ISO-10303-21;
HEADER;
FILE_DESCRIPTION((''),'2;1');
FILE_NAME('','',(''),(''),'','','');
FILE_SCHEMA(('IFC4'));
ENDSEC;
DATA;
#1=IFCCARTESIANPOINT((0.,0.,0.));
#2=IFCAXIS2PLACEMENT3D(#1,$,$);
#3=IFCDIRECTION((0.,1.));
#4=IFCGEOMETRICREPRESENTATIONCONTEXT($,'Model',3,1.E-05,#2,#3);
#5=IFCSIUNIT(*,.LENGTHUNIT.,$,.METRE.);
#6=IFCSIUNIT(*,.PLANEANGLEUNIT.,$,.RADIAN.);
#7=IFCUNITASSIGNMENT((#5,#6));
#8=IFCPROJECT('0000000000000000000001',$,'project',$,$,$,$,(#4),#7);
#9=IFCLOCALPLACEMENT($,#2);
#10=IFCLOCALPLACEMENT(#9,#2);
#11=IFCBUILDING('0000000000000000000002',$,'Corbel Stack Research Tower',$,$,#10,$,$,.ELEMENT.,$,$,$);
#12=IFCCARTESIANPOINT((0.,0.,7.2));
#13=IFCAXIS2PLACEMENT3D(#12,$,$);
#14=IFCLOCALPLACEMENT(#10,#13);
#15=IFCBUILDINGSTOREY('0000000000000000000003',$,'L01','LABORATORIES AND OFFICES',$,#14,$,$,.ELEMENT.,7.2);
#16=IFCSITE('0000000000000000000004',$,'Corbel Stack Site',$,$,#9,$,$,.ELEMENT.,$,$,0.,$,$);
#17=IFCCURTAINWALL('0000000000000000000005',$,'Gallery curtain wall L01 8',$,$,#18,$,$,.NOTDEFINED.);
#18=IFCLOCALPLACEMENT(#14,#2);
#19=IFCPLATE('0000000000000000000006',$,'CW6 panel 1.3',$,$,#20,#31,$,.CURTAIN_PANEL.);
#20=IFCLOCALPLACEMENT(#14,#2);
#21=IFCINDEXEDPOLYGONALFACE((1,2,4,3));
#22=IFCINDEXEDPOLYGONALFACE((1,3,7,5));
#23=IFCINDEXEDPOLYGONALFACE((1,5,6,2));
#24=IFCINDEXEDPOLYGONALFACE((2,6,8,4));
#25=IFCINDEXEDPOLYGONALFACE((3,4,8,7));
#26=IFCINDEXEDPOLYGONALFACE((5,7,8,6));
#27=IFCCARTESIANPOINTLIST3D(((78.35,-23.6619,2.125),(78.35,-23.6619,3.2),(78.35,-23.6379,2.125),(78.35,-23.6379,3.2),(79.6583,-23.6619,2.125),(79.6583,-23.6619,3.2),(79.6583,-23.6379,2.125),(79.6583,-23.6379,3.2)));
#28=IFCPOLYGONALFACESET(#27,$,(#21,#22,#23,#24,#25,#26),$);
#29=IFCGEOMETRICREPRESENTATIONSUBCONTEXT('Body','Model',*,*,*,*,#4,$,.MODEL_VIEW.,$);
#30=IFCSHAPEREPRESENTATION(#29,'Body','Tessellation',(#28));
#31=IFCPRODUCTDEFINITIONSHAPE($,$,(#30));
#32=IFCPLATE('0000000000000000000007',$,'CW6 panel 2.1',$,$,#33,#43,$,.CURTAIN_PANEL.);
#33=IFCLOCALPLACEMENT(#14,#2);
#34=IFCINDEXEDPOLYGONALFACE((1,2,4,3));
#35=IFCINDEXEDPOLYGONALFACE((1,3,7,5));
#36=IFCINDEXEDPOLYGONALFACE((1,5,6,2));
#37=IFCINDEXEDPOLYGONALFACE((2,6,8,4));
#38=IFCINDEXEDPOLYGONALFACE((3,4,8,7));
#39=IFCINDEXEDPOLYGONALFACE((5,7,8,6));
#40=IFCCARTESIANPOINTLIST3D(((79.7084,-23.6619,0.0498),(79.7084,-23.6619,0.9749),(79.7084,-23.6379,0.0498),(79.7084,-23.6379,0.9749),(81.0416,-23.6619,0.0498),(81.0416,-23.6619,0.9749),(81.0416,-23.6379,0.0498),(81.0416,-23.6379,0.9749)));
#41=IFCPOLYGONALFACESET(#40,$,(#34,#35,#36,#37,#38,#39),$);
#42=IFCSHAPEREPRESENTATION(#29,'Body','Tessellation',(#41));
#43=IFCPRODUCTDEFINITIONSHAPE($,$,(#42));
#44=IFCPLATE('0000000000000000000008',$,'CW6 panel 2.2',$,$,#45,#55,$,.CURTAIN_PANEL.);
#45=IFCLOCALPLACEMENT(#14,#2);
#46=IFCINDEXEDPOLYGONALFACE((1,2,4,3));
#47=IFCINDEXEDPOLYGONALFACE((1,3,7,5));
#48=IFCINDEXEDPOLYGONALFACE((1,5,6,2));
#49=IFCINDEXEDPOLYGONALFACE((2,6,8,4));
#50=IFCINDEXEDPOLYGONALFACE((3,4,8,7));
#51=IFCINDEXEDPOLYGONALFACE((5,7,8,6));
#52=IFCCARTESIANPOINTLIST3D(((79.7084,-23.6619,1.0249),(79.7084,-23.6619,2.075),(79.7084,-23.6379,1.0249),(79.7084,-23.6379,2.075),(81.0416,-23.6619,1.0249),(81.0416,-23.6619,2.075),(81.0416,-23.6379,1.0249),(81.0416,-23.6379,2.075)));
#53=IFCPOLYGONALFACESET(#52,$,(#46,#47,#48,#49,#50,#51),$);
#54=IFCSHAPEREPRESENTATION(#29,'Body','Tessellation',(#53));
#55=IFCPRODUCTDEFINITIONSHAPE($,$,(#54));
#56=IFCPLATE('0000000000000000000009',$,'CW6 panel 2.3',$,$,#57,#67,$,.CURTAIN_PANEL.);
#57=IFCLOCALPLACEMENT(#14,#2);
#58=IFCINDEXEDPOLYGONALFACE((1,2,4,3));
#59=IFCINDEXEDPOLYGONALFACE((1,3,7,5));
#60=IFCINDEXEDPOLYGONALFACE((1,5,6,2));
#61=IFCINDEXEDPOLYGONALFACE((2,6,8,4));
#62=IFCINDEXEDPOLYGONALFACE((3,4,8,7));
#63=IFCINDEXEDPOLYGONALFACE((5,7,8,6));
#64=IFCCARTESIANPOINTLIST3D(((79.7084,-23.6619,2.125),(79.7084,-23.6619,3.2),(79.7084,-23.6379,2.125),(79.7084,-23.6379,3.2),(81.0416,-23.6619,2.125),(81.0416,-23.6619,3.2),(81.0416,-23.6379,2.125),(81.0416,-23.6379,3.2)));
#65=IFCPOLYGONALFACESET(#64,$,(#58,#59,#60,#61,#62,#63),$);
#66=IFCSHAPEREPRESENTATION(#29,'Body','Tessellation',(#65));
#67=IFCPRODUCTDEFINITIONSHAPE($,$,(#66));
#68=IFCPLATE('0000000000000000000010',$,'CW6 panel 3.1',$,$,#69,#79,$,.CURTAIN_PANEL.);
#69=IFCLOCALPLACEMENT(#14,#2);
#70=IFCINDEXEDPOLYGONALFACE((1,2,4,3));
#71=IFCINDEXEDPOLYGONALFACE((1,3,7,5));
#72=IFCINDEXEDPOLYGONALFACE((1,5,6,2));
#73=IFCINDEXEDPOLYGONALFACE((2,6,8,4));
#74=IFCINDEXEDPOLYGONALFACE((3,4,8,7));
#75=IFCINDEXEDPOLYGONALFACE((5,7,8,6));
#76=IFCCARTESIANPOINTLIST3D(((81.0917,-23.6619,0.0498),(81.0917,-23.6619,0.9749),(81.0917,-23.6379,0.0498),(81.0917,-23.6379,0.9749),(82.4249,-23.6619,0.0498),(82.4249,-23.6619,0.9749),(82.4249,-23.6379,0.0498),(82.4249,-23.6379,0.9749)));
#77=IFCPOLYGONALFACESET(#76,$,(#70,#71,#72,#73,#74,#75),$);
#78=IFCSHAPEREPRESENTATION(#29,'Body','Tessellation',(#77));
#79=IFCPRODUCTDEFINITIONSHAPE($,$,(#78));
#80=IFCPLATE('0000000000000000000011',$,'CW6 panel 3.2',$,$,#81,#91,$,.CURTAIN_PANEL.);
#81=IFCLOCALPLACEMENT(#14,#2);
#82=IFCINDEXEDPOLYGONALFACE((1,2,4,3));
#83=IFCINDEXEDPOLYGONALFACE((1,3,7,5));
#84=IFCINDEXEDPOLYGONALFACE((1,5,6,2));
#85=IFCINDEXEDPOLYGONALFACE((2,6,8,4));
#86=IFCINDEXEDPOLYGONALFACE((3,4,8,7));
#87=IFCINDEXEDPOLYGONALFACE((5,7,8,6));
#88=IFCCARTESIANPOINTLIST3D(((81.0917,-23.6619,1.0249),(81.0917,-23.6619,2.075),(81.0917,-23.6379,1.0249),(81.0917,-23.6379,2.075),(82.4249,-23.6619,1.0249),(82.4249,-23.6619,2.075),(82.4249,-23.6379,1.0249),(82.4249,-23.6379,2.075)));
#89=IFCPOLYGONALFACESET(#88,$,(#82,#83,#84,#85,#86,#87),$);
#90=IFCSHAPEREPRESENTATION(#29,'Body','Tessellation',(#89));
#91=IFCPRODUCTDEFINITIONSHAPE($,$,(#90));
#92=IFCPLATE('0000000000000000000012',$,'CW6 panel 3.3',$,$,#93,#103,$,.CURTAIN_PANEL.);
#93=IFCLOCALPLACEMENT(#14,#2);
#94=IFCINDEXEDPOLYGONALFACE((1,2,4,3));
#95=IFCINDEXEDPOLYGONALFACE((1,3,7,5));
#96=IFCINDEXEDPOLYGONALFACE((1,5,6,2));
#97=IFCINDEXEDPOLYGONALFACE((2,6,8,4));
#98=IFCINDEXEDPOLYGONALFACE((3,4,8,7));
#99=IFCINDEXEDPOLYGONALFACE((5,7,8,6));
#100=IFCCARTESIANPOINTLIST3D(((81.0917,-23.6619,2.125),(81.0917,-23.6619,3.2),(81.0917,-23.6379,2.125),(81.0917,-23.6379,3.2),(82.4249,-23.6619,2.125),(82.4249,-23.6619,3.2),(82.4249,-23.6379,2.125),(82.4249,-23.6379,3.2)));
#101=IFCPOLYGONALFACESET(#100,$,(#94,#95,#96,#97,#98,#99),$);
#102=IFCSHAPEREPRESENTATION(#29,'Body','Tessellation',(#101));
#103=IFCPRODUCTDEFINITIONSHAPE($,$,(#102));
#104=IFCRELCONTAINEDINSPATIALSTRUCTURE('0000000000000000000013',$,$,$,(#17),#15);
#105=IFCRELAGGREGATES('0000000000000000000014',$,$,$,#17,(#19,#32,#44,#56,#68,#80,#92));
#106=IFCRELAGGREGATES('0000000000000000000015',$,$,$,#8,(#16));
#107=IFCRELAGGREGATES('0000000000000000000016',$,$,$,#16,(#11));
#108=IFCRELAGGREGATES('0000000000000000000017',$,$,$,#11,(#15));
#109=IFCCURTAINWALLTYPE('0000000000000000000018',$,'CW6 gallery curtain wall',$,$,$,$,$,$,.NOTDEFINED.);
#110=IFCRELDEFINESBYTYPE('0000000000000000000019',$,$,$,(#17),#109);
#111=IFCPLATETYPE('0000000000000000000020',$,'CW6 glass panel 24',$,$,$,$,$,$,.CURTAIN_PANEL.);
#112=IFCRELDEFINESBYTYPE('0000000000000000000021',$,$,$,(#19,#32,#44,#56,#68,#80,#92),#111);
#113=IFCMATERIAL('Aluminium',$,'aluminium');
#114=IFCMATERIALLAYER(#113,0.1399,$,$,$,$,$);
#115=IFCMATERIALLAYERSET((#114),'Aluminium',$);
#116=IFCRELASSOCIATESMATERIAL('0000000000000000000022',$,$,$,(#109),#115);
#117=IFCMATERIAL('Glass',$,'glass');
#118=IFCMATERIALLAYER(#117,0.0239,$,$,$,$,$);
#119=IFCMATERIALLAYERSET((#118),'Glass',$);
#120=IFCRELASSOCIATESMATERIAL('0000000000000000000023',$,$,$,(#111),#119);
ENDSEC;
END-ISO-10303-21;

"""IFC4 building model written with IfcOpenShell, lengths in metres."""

from ifc_helpers import new_model, si_unit, direction, frame, origin, origin_2d, place, context, subcontext, project, spatial, rectangle, extrude, material, layer, layer_set, type_object, element, aggregate, save


model = new_model("IFC4")

# Units and contexts
model_context = context("Model", 3, precision=1e-05, world=origin(), true_north=direction((0.0, 1.0)))
body_context = subcontext(model_context, "Body", "Model", "MODEL_VIEW")
ifc_project = project(units=[si_unit("LENGTHUNIT", "METRE"), si_unit("PLANEANGLEUNIT", "RADIAN")], contexts=[model_context])

# Site, building, storey
site_placement = place(None, origin())
site = spatial("IfcSite", under=ifc_project, at=site_placement, Name="Corbel Stack Site", CompositionType="ELEMENT", RefElevation=0.0)
building_placement = place(site_placement, origin())
building = spatial("IfcBuilding", under=site, at=building_placement, Name="Corbel Stack Research Tower", CompositionType="ELEMENT")
storey_placement = place(building_placement, frame((0.0, 0.0, 7.2)))
storey = spatial("IfcBuildingStorey", under=building, at=storey_placement, Name="L01", Description="LABORATORIES AND OFFICES", CompositionType="ELEMENT", Elevation=7.2)

# Shared definitions
ifc_material_1 = material(Name="Aluminium", Category="aluminium")
ifc_layer_1 = layer(ifc_material_1, 0.1399)
ifc_layer_set_1 = layer_set([ifc_layer_1], Name="Aluminium")
curtain_wall_type = type_object("IfcCurtainWallType", Name="CW6 gallery curtain wall", PredefinedType="NOTDEFINED", material=ifc_layer_set_1)

# Curtain wall
curtain_wall_1_placement = place(storey_placement, origin())
curtain_wall_1 = element("IfcCurtainWall", 1, at=curtain_wall_1_placement, inside=storey, type_object=curtain_wall_type, Name="Gallery curtain wall L01 8", PredefinedType="NOTDEFINED")

# Plates
ifc_material_2 = material(Name="Glass", Category="glass")
ifc_layer_2 = layer(ifc_material_2, 0.0239)
ifc_layer_set_2 = layer_set([ifc_layer_2], Name="Glass")
plate_type = type_object("IfcPlateType", Name="CW6 glass panel 24", PredefinedType="CURTAIN_PANEL", material=ifc_layer_set_2)
plate_1_placement = place(storey_placement, frame((79.0042, -23.6499, 2.125), z_axis=(0.0, 0.0, 1.0), x_axis=(1.0, 0.0, 0.0)))
plate_1 = element("IfcPlate", 2, at=plate_1_placement, type_object=plate_type, Name="CW6 panel 1.3", PredefinedType="CURTAIN_PANEL", context=body_context, shape_type="SweptSolid", body=[
    extrude(rectangle(XDim=1.3083, YDim=0.0239, at=origin_2d()), origin(), (0.0, 0.0, 1.0), 1.075),
])
plate_2_placement = place(storey_placement, frame((80.375, -23.6499, 0.0498), z_axis=(0.0, 0.0, 1.0), x_axis=(1.0, 0.0, 0.0)))
plate_2 = element("IfcPlate", 3, at=plate_2_placement, type_object=plate_type, Name="CW6 panel 2.1", PredefinedType="CURTAIN_PANEL", context=body_context, shape_type="SweptSolid", body=[
    extrude(rectangle(XDim=1.3333, YDim=0.0239, at=origin_2d()), origin(), (0.0, 0.0, 1.0), 0.925),
])
plate_3_placement = place(storey_placement, frame((80.375, -23.6499, 1.0249), z_axis=(0.0, 0.0, 1.0), x_axis=(1.0, 0.0, 0.0)))
plate_3 = element("IfcPlate", 4, at=plate_3_placement, type_object=plate_type, Name="CW6 panel 2.2", PredefinedType="CURTAIN_PANEL", context=body_context, shape_type="SweptSolid", body=[
    extrude(rectangle(XDim=1.3333, YDim=0.0239, at=origin_2d()), origin(), (0.0, 0.0, 1.0), 1.05),
])
plate_4_placement = place(storey_placement, frame((80.375, -23.6499, 2.125), z_axis=(0.0, 0.0, 1.0), x_axis=(1.0, 0.0, 0.0)))
plate_4 = element("IfcPlate", 5, at=plate_4_placement, type_object=plate_type, Name="CW6 panel 2.3", PredefinedType="CURTAIN_PANEL", context=body_context, shape_type="SweptSolid", body=[
    extrude(rectangle(XDim=1.3333, YDim=0.0239, at=origin_2d()), origin(), (0.0, 0.0, 1.0), 1.075),
])
plate_5_placement = place(storey_placement, frame((81.7583, -23.6499, 0.0498), z_axis=(0.0, 0.0, 1.0), x_axis=(1.0, 0.0, 0.0)))
plate_5 = element("IfcPlate", 6, at=plate_5_placement, type_object=plate_type, Name="CW6 panel 3.1", PredefinedType="CURTAIN_PANEL", context=body_context, shape_type="SweptSolid", body=[
    extrude(rectangle(XDim=1.3333, YDim=0.0239, at=origin_2d()), origin(), (0.0, 0.0, 1.0), 0.925),
])
plate_6_placement = place(storey_placement, frame((81.7583, -23.6499, 1.0249), z_axis=(0.0, 0.0, 1.0), x_axis=(1.0, 0.0, 0.0)))
plate_6 = element("IfcPlate", 7, at=plate_6_placement, type_object=plate_type, Name="CW6 panel 3.2", PredefinedType="CURTAIN_PANEL", context=body_context, shape_type="SweptSolid", body=[
    extrude(rectangle(XDim=1.3333, YDim=0.0239, at=origin_2d()), origin(), (0.0, 0.0, 1.0), 1.05),
])
plate_7_placement = place(storey_placement, frame((81.7583, -23.6499, 2.125), z_axis=(0.0, 0.0, 1.0), x_axis=(1.0, 0.0, 0.0)))
plate_7 = element("IfcPlate", 8, at=plate_7_placement, type_object=plate_type, Name="CW6 panel 3.3", PredefinedType="CURTAIN_PANEL", context=body_context, shape_type="SweptSolid", body=[
    extrude(rectangle(XDim=1.3333, YDim=0.0239, at=origin_2d()), origin(), (0.0, 0.0, 1.0), 1.075),
])
aggregate(curtain_wall_1, [plate_1, plate_2, plate_3, plate_4, plate_5, plate_6, plate_7])

save(model, "model.ifc")
